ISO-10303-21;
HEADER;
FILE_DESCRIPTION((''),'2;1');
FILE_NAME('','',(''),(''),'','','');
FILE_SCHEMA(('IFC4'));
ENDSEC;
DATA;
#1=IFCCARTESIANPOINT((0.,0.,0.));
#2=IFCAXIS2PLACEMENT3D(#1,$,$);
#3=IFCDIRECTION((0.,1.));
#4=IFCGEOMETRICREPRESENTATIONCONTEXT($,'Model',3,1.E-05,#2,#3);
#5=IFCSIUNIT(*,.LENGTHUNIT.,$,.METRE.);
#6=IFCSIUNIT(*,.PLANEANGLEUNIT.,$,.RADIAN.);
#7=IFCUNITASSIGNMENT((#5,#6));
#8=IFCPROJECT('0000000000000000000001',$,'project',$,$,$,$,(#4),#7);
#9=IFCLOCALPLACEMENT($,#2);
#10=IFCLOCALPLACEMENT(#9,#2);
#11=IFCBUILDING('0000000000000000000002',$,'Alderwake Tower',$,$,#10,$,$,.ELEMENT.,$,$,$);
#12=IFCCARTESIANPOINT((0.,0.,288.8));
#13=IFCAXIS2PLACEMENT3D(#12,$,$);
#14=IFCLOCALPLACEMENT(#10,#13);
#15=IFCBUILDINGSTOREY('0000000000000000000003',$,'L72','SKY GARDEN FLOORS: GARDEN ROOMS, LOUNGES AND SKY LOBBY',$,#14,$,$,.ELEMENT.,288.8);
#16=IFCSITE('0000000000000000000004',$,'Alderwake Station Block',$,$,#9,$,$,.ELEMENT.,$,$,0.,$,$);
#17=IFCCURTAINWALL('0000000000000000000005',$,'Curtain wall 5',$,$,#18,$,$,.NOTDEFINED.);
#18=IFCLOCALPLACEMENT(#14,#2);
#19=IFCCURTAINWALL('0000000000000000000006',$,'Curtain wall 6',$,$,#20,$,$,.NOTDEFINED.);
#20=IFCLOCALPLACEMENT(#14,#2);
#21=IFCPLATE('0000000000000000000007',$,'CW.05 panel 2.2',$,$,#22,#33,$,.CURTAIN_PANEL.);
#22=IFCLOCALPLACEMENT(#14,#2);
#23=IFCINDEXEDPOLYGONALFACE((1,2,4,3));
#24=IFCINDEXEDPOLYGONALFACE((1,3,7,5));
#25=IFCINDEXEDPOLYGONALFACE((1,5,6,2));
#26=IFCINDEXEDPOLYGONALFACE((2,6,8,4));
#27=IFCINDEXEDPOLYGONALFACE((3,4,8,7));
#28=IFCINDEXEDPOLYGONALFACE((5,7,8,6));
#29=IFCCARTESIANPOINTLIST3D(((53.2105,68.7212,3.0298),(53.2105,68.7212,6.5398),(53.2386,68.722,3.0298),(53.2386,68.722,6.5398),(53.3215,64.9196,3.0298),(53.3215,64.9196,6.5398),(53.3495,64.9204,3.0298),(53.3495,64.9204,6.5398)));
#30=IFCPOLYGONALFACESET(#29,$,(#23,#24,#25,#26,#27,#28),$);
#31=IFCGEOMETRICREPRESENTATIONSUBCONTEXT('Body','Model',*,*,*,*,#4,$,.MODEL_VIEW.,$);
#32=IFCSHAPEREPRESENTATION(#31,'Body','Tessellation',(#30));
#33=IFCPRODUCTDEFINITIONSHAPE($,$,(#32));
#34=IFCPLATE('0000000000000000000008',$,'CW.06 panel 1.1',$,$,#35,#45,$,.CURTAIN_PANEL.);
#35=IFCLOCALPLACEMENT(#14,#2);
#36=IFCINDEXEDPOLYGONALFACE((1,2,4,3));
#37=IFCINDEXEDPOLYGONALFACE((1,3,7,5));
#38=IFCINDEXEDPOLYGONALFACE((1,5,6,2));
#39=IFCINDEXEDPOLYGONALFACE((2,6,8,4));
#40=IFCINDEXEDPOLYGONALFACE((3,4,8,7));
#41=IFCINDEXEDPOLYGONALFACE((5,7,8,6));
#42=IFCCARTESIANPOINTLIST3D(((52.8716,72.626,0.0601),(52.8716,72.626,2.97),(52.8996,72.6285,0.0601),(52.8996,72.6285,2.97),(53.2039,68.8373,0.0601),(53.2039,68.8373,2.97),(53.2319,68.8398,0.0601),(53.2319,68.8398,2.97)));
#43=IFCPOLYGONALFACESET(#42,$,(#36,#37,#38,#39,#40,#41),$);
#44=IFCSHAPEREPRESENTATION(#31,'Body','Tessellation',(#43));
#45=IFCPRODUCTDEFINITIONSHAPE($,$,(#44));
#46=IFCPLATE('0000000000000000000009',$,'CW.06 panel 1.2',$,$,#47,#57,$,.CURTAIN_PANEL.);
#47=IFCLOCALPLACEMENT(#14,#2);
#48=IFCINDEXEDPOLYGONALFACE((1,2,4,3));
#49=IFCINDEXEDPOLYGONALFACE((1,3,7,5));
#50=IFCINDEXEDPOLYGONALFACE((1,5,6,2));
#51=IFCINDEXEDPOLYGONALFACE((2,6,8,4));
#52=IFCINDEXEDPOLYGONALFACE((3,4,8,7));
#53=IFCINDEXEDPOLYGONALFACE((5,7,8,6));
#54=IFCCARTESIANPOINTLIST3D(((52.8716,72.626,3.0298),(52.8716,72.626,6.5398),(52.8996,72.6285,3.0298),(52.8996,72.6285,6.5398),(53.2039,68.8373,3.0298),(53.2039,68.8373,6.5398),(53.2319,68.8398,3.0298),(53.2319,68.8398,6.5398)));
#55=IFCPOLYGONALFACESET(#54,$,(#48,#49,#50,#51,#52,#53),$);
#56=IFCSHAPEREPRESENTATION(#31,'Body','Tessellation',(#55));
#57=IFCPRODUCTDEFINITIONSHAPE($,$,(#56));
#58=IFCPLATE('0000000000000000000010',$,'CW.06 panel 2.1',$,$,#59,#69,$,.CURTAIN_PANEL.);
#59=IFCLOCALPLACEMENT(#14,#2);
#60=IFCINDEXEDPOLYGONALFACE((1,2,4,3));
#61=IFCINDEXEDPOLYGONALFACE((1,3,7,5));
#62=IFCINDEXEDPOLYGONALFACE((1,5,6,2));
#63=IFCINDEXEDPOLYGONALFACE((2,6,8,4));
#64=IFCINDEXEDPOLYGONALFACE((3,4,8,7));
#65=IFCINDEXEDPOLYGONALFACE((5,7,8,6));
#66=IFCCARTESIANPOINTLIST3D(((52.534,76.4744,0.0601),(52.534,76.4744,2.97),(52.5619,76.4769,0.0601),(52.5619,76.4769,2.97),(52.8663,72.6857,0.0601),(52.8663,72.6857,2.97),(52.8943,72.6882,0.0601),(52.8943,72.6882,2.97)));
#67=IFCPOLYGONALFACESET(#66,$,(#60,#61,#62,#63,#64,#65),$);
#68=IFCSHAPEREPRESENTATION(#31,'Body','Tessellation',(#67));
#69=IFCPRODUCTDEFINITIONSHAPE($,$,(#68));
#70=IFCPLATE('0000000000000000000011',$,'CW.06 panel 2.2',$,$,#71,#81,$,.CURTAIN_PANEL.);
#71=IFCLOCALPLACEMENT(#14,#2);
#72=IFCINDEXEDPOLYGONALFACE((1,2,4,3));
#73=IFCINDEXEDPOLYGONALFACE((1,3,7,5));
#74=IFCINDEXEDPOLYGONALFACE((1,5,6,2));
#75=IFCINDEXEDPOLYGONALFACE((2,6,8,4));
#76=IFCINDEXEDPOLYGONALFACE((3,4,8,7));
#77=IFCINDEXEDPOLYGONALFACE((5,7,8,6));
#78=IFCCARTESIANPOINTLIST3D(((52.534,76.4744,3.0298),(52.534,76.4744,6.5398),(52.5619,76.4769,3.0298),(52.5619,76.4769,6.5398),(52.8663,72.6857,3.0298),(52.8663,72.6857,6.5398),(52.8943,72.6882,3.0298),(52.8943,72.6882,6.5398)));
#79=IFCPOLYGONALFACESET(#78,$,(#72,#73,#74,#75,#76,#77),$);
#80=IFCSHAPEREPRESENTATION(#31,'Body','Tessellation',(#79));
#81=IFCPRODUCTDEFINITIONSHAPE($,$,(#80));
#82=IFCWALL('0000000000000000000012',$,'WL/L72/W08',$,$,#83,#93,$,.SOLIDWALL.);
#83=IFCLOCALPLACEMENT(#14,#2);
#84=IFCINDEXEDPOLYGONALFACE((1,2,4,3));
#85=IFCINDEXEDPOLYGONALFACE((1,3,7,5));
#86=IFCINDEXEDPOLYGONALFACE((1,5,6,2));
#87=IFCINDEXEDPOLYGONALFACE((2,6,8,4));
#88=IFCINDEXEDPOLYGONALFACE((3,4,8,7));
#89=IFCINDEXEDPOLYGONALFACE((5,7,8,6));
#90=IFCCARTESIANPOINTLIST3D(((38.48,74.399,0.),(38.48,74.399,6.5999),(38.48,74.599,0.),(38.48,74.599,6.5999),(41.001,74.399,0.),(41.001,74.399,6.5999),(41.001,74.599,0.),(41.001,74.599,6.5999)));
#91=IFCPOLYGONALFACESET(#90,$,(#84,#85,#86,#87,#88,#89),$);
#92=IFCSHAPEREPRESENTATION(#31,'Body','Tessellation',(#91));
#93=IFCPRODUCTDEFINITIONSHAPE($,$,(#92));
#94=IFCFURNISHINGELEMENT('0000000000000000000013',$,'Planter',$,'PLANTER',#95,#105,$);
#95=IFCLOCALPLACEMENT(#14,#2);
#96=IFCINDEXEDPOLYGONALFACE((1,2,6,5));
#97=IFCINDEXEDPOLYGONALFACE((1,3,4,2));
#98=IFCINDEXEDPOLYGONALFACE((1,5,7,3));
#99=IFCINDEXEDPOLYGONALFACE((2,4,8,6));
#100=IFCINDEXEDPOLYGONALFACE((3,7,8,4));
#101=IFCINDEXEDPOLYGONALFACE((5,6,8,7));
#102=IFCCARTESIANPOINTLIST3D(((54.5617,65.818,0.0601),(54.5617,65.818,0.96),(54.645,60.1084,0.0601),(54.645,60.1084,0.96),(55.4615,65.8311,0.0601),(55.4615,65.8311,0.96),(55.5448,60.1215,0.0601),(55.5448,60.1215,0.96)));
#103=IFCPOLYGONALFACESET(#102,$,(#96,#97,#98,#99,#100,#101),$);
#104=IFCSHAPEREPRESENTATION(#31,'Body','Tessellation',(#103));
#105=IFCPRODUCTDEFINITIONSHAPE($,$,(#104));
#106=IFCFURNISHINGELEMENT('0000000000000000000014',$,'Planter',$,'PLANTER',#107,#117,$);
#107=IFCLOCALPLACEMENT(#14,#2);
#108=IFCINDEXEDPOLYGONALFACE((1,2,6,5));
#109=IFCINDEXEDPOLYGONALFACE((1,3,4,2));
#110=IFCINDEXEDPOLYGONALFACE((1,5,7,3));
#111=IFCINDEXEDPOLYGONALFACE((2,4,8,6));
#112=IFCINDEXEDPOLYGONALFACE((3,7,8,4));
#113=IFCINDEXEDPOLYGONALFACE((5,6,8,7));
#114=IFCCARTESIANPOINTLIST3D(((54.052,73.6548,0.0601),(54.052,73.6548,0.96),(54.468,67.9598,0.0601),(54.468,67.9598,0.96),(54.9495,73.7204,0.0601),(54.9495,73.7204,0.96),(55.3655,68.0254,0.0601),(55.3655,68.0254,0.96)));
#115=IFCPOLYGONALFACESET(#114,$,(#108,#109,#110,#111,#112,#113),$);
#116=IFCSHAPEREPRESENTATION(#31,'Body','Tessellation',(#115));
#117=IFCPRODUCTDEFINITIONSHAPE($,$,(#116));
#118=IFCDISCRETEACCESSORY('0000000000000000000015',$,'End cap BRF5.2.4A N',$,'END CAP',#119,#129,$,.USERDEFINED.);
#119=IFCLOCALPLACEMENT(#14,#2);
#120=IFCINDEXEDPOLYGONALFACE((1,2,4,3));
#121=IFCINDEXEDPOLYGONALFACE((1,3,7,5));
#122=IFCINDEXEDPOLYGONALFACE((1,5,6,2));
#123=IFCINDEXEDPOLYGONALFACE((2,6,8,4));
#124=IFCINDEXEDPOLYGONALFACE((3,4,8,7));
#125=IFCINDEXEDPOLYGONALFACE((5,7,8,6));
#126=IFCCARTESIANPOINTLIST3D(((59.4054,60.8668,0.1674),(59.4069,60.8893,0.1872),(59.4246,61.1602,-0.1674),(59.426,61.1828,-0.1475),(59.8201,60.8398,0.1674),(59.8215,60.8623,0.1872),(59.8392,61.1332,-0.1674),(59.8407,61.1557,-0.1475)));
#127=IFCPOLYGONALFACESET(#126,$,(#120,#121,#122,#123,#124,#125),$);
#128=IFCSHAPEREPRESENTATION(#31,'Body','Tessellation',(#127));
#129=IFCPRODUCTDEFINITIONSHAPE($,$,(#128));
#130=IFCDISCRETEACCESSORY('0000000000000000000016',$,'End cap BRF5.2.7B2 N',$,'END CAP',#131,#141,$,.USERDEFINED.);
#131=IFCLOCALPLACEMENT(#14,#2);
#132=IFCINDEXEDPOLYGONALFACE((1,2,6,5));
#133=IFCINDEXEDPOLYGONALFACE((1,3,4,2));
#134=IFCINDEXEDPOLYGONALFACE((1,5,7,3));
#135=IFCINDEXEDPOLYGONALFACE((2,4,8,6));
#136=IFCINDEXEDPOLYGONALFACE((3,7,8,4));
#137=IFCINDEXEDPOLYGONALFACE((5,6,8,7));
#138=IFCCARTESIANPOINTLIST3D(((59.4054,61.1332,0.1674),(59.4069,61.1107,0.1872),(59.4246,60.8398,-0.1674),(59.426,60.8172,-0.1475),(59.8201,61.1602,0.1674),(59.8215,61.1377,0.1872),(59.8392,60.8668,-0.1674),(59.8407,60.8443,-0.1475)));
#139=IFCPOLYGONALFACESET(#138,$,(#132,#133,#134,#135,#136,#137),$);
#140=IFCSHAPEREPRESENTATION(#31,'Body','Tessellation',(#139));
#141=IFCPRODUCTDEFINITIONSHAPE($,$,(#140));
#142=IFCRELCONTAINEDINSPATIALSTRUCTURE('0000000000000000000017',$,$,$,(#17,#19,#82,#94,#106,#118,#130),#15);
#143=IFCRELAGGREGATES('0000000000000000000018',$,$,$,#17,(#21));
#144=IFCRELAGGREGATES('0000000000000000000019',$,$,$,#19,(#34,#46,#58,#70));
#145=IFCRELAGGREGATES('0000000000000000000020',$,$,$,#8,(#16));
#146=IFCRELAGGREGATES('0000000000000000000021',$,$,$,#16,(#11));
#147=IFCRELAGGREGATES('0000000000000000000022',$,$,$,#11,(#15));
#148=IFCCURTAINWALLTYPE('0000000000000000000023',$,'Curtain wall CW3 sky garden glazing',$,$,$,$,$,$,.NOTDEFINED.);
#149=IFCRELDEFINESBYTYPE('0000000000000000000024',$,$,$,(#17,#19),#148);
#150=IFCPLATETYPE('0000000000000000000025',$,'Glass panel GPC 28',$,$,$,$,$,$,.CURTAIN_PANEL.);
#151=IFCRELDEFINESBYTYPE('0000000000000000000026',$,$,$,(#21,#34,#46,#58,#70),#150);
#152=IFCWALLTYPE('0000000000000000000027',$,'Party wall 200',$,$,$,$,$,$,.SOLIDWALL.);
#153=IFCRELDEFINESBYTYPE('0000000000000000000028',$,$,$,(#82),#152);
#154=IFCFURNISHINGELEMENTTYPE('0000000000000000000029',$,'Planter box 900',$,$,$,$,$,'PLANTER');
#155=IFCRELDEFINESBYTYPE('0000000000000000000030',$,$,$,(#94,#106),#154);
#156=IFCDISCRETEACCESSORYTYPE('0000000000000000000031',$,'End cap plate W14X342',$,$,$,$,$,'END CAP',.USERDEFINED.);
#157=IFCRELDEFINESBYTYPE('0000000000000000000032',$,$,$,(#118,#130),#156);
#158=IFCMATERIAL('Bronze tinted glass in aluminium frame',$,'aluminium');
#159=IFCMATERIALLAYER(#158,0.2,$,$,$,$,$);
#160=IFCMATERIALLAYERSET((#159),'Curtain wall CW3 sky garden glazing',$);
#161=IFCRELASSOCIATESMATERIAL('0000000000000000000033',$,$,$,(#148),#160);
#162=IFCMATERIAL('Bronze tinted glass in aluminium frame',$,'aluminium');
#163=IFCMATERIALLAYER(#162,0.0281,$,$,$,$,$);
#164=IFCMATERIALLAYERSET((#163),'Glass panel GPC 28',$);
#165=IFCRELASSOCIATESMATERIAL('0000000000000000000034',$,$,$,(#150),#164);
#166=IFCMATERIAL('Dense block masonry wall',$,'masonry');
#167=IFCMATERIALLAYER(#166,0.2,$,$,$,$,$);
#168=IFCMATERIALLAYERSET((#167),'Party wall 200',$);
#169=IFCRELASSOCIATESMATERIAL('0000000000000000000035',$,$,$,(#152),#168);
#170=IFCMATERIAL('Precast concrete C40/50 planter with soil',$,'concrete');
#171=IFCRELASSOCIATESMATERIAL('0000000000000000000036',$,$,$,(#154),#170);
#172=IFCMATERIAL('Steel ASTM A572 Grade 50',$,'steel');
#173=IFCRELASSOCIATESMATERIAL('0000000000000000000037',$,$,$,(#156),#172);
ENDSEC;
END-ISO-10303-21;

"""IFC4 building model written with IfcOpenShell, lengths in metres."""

from ifc_helpers import new_model, si_unit, direction, frame, frame_2d, origin, origin_2d, place, context, subcontext, project, spatial, rectangle, extrude, material, layer, layer_set, material_profile, profile_set, type_object, element, aggregate, save


model = new_model("IFC4")

# Units and contexts
model_context = context("Model", 3, precision=1e-05, world=origin(), true_north=direction((0.0, 1.0)))
body_context = subcontext(model_context, "Body", "Model", "MODEL_VIEW")
ifc_project = project(units=[si_unit("LENGTHUNIT", "METRE"), si_unit("PLANEANGLEUNIT", "RADIAN")], contexts=[model_context])

# Site, building, storey
site_placement = place(None, origin())
site = spatial("IfcSite", under=ifc_project, at=site_placement, Name="Alderwake Station Block", CompositionType="ELEMENT", RefElevation=0.0)
building_placement = place(site_placement, origin())
building = spatial("IfcBuilding", under=site, at=building_placement, Name="Alderwake Tower", CompositionType="ELEMENT")
storey_placement = place(building_placement, frame((0.0, 0.0, 288.8)))
storey = spatial("IfcBuildingStorey", under=building, at=storey_placement, Name="L72", Description="SKY GARDEN FLOORS: GARDEN ROOMS, LOUNGES AND SKY LOBBY", CompositionType="ELEMENT", Elevation=288.8)

# Curtain walls
ifc_material_1 = material(Name="Bronze tinted glass in aluminium frame", Category="aluminium")
ifc_layer_1 = layer(ifc_material_1, 0.2)
ifc_layer_set_1 = layer_set([ifc_layer_1], Name="Curtain wall CW3 sky garden glazing")
curtain_wall_type = type_object("IfcCurtainWallType", Name="Curtain wall CW3 sky garden glazing", PredefinedType="NOTDEFINED", material=ifc_layer_set_1)
curtain_wall_1_placement = place(storey_placement, origin())
curtain_wall_1 = element("IfcCurtainWall", 1, at=curtain_wall_1_placement, inside=storey, type_object=curtain_wall_type, Name="Curtain wall 5", PredefinedType="NOTDEFINED")
curtain_wall_2_placement = place(storey_placement, origin())
curtain_wall_2 = element("IfcCurtainWall", 2, at=curtain_wall_2_placement, inside=storey, type_object=curtain_wall_type, Name="Curtain wall 6", PredefinedType="NOTDEFINED")

# Plates
ifc_material_2 = material(Name="Bronze tinted glass in aluminium frame", Category="aluminium")
ifc_layer_2 = layer(ifc_material_2, 0.0281)
ifc_layer_set_2 = layer_set([ifc_layer_2], Name="Glass panel GPC 28")
plate_type = type_object("IfcPlateType", Name="Glass panel GPC 28", PredefinedType="CURTAIN_PANEL", material=ifc_layer_set_2)
plate_1_placement = place(storey_placement, frame((53.28, 66.8208, 3.0298), z_axis=(0.0, 0.0, 1.0), x_axis=(-0.029166, 0.999575, 0.0)))
plate_1 = element("IfcPlate", 3, at=plate_1_placement, type_object=plate_type, Name="CW.05 panel 2.2", PredefinedType="CURTAIN_PANEL", context=body_context, shape_type="SweptSolid", body=[
    extrude(rectangle(XDim=3.8032, YDim=0.0281, at=origin_2d()), origin(), (0.0, 0.0, 1.0), 3.51),
])
aggregate(curtain_wall_1, [plate_1])
plate_2_placement = place(storey_placement, frame((53.0518, 70.7329, 0.0601), z_axis=(0.0, 0.0, 1.0), x_axis=(-0.087383, 0.996175, 0.0)))
plate_2 = element("IfcPlate", 4, at=plate_2_placement, type_object=plate_type, Name="CW.06 panel 1.1", PredefinedType="CURTAIN_PANEL", context=body_context, shape_type="SweptSolid", body=[
    extrude(rectangle(XDim=3.8032, YDim=0.0281, at=origin_2d()), origin(), (0.0, 0.0, 1.0), 2.9099),
])
plate_3_placement = place(storey_placement, frame((53.0518, 70.7329, 3.0298), z_axis=(0.0, 0.0, 1.0), x_axis=(-0.087383, 0.996175, 0.0)))
plate_3 = element("IfcPlate", 5, at=plate_3_placement, type_object=plate_type, Name="CW.06 panel 1.2", PredefinedType="CURTAIN_PANEL", context=body_context, shape_type="SweptSolid", body=[
    extrude(rectangle(XDim=3.8032, YDim=0.0281, at=origin_2d()), origin(), (0.0, 0.0, 1.0), 3.51),
])
plate_4_placement = place(storey_placement, frame((52.7141, 74.5813, 0.0601), z_axis=(0.0, 0.0, 1.0), x_axis=(-0.087383, 0.996175, 0.0)))
plate_4 = element("IfcPlate", 6, at=plate_4_placement, type_object=plate_type, Name="CW.06 panel 2.1", PredefinedType="CURTAIN_PANEL", context=body_context, shape_type="SweptSolid", body=[
    extrude(rectangle(XDim=3.8032, YDim=0.0281, at=origin_2d()), origin(), (0.0, 0.0, 1.0), 2.9099),
])
plate_5_placement = place(storey_placement, frame((52.7141, 74.5813, 3.0298), z_axis=(0.0, 0.0, 1.0), x_axis=(-0.087383, 0.996175, 0.0)))
plate_5 = element("IfcPlate", 7, at=plate_5_placement, type_object=plate_type, Name="CW.06 panel 2.2", PredefinedType="CURTAIN_PANEL", context=body_context, shape_type="SweptSolid", body=[
    extrude(rectangle(XDim=3.8032, YDim=0.0281, at=origin_2d()), origin(), (0.0, 0.0, 1.0), 3.51),
])
aggregate(curtain_wall_2, [plate_2, plate_3, plate_4, plate_5])

# Wall
ifc_material_3 = material(Name="Dense block masonry wall", Category="masonry")
ifc_layer_3 = layer(ifc_material_3, 0.2)
ifc_layer_set_3 = layer_set([ifc_layer_3], Name="Party wall 200")
wall_type = type_object("IfcWallType", Name="Party wall 200", PredefinedType="SOLIDWALL", material=ifc_layer_set_3)
wall_placement = place(storey_placement, frame((41.001, 74.499, 0.0), z_axis=(0.0, 0.0, 1.0), x_axis=(-1.0, 0.0, 0.0)))
element("IfcWall", 8, at=wall_placement, inside=storey, type_object=wall_type, Name="WL/L72/W08", PredefinedType="SOLIDWALL", context=body_context, shape_type="SweptSolid", body=[
    extrude(rectangle(XDim=2.521, YDim=0.2, at=frame_2d((1.2605, 0.0))), origin(), (0.0, 0.0, 1.0), 6.5999),
])

# Furnishing elements
ifc_material_4 = material(Name="Precast concrete C40/50 planter with soil", Category="concrete")
furnishing_element_type = type_object("IfcFurnishingElementType", Name="Planter box 900", ElementType="PLANTER", material=ifc_material_4)
for number, where, z_axis, x_axis, name in (
    (9, (55.0532, 62.9697, 0.0601), (0.0, 0.0, 1.0), (0.999894, 0.014583, 0.0), "Planter"),
    (10, (54.7087, 70.8401, 0.0601), (0.0, 0.0, 1.0), (0.997343, 0.072852, 0.0), "Planter"),
):
    element("IfcFurnishingElement", number, at=place(storey_placement, frame(where, z_axis=z_axis, x_axis=x_axis)), inside=storey, type_object=furnishing_element_type, Name=name, ObjectType="PLANTER", context=body_context, shape_type="SweptSolid", body=[
        extrude(rectangle(XDim=0.8999, YDim=5.7102, at=origin_2d()), origin(), (0.0, 0.0, 1.0), 0.8999),
    ])

# Discrete accessories
ifc_material_5 = material(Name="Steel ASTM A572 Grade 50", Category="steel")
ifc_material_profile_1 = material_profile(ifc_material_5, rectangle(XDim=0.4155, YDim=0.4456, at=origin_2d()), Name="W14X342 cap")
ifc_profile_set_1 = profile_set([ifc_material_profile_1], Name="Steel ASTM A572 Grade 50")
discrete_accessory_type = type_object("IfcDiscreteAccessoryType", Name="End cap plate W14X342", ElementType="END CAP", PredefinedType="USERDEFINED", material=ifc_profile_set_1)
for number, where, z_axis, x_axis, name in (
    (11, (59.6223, 61.0, 0.0), (0.04889, 0.749654, 0.660022), (-0.99788, 0.065079, 0.0), "End cap BRF5.2.4A N"),
    (12, (59.6223, 61.0, 0.0), (0.04889, -0.749654, 0.660022), (0.99788, 0.065079, 0.0), "End cap BRF5.2.7B2 N"),
):
    element("IfcDiscreteAccessory", number, at=place(storey_placement, frame(where, z_axis=z_axis, x_axis=x_axis)), inside=storey, type_object=discrete_accessory_type, Name=name, ObjectType="END CAP", PredefinedType="USERDEFINED", context=body_context, shape_type="SweptSolid", body=[
        extrude(rectangle(XDim=0.4155, YDim=0.4456, at=origin_2d()), origin(), (0.0, 0.0, 1.0), 0.03),
    ])

save(model, "model.ifc")
